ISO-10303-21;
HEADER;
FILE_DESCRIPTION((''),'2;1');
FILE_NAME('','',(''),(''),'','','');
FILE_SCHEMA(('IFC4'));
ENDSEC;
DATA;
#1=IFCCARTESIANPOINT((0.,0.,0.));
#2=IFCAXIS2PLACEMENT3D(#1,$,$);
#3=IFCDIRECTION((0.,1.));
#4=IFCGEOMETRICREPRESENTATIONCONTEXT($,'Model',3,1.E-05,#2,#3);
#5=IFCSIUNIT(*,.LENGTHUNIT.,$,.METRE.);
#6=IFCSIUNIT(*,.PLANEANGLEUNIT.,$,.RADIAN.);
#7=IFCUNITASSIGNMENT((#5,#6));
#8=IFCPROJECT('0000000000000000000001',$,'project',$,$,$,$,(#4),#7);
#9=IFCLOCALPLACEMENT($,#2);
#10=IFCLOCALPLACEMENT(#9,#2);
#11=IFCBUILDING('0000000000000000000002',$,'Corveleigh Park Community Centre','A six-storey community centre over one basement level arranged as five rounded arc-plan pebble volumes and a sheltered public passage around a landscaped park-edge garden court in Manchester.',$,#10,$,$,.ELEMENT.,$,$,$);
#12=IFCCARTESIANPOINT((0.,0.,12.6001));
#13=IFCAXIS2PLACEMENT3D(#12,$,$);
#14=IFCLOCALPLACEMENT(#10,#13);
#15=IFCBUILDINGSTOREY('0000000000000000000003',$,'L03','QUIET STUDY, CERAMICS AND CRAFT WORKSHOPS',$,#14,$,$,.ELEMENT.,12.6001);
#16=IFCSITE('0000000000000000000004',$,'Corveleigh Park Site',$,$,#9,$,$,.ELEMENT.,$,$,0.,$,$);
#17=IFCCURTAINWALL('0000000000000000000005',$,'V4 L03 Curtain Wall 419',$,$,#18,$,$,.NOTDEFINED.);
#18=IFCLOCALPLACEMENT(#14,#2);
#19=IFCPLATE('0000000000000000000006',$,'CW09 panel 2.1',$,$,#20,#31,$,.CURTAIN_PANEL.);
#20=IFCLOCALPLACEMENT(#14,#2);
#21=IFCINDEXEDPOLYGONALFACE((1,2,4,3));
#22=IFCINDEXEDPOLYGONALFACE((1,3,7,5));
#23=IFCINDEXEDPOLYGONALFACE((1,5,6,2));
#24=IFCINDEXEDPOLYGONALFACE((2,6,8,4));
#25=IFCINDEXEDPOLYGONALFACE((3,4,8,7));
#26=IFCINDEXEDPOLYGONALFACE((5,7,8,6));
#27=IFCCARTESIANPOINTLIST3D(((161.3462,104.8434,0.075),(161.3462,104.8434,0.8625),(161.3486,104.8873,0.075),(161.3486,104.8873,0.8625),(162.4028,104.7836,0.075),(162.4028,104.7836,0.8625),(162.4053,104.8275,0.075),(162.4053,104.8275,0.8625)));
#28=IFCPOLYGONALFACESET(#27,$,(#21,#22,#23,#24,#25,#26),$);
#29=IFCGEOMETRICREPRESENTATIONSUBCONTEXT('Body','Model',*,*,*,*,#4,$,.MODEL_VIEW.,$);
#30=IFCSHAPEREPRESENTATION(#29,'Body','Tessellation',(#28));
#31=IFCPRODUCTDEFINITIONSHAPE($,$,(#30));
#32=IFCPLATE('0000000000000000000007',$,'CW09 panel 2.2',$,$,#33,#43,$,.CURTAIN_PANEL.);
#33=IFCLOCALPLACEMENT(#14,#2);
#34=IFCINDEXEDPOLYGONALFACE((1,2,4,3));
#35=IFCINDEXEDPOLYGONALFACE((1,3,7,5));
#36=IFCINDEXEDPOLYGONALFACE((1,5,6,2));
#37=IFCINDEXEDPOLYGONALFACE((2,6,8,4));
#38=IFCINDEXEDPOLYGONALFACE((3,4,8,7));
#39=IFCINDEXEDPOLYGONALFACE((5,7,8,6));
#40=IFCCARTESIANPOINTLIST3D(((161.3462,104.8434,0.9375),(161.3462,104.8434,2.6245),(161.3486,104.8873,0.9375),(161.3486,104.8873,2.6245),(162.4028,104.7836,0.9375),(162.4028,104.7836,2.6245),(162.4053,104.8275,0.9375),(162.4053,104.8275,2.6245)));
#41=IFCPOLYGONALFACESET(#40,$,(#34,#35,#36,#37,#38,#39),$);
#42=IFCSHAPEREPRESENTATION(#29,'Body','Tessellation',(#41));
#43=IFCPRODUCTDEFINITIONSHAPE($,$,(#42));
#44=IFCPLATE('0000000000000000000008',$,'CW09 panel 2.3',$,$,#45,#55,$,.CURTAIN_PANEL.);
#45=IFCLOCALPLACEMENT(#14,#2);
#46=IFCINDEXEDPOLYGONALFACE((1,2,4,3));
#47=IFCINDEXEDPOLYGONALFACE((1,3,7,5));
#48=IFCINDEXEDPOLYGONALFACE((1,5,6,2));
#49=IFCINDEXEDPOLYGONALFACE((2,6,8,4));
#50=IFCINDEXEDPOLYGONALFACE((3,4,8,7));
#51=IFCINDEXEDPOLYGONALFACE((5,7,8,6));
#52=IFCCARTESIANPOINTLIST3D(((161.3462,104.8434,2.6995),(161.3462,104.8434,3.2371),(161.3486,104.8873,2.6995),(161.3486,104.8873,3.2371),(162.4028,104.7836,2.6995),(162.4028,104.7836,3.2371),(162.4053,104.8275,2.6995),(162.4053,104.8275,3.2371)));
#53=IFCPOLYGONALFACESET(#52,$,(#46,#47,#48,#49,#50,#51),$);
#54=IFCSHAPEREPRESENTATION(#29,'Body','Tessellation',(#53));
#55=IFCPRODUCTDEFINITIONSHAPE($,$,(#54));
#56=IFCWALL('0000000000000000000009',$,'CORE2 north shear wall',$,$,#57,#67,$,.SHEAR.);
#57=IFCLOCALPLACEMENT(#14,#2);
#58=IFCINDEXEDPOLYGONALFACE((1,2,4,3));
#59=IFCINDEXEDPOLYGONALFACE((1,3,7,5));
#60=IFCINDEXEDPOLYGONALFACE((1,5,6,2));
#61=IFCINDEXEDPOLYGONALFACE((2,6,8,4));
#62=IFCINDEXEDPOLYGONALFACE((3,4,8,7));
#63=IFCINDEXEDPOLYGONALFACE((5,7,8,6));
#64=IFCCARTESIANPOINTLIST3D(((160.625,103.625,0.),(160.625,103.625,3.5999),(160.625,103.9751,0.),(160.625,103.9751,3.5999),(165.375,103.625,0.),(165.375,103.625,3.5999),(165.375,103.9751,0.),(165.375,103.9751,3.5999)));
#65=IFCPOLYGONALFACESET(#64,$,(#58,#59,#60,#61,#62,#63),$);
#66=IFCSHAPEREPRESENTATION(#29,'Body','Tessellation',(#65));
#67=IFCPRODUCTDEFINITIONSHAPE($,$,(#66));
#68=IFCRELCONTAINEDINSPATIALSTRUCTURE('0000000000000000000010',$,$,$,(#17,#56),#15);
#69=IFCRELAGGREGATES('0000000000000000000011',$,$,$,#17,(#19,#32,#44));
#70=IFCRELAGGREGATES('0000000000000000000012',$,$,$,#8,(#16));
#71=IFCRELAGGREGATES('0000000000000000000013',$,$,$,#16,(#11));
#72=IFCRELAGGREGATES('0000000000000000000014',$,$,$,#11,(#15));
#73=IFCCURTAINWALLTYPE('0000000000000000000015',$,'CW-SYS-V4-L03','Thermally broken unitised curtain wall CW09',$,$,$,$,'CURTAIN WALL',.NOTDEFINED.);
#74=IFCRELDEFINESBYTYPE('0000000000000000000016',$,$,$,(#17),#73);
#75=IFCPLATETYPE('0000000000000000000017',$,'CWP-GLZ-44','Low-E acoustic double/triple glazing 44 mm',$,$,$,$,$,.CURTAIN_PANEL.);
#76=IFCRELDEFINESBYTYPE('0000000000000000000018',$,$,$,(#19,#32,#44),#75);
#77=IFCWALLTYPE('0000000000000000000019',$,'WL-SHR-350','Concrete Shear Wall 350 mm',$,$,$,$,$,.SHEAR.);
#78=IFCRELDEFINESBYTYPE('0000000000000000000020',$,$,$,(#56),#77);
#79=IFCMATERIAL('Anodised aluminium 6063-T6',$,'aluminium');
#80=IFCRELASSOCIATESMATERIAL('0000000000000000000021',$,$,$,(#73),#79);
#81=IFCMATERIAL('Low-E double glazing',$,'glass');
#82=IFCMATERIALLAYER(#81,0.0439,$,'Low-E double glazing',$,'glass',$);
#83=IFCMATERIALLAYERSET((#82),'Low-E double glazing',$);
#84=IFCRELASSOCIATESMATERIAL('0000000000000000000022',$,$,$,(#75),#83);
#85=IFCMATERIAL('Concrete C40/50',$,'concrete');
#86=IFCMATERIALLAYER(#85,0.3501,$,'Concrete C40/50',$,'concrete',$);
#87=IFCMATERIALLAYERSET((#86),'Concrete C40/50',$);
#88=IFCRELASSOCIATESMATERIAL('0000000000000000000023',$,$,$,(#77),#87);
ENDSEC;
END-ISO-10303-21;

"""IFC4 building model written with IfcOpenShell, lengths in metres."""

from ifc_helpers import new_model, si_unit, direction, frame, frame_2d, origin, origin_2d, place, context, subcontext, project, spatial, rectangle, extrude, material, layer, layer_set, type_object, element, aggregate, save


model = new_model("IFC4")

# Units and contexts
model_context = context("Model", 3, precision=1e-05, world=origin(), true_north=direction((0.0, 1.0)))
body_context = subcontext(model_context, "Body", "Model", "MODEL_VIEW")
ifc_project = project(units=[si_unit("LENGTHUNIT", "METRE"), si_unit("PLANEANGLEUNIT", "RADIAN")], contexts=[model_context])

# Site, building, storey
site_placement = place(None, origin())
site = spatial("IfcSite", under=ifc_project, at=site_placement, Name="Corveleigh Park Site", CompositionType="ELEMENT", RefElevation=0.0)
building_placement = place(site_placement, origin())
building = spatial("IfcBuilding", under=site, at=building_placement, Name="Corveleigh Park Community Centre", Description="A six-storey community centre over one basement level arranged as five rounded arc-plan pebble volumes and a sheltered public passage around a landscaped park-edge garden court in Manchester.", CompositionType="ELEMENT")
storey_placement = place(building_placement, frame((0.0, 0.0, 12.6001)))
storey = spatial("IfcBuildingStorey", under=building, at=storey_placement, Name="L03", Description="QUIET STUDY, CERAMICS AND CRAFT WORKSHOPS", CompositionType="ELEMENT", Elevation=12.6001)

# Shared definitions
ifc_material_1 = material(Name="Anodised aluminium 6063-T6", Category="aluminium")
curtain_wall_type = type_object("IfcCurtainWallType", Name="CW-SYS-V4-L03", Description="Thermally broken unitised curtain wall CW09", ElementType="CURTAIN WALL", PredefinedType="NOTDEFINED", material=ifc_material_1)

# Curtain wall
curtain_wall_1_placement = place(storey_placement, origin())
curtain_wall_1 = element("IfcCurtainWall", 1, at=curtain_wall_1_placement, inside=storey, type_object=curtain_wall_type, Name="V4 L03 Curtain Wall 419", PredefinedType="NOTDEFINED")

# Plates
ifc_material_2 = material(Name="Low-E double glazing", Category="glass")
ifc_layer_1 = layer(ifc_material_2, 0.0439, Name="Low-E double glazing", Category="glass")
ifc_layer_set_1 = layer_set([ifc_layer_1], Name="Low-E double glazing")
plate_type_1 = type_object("IfcPlateType", Name="CWP-GLZ-44", Description="Low-E acoustic double/triple glazing 44 mm", PredefinedType="CURTAIN_PANEL", material=ifc_layer_set_1)
plate_1_placement = place(storey_placement, frame((161.8757, 104.8354, 0.075), z_axis=(0.0, 0.0, 1.0), x_axis=(0.998406, -0.056434, 0.0)))
plate_1 = element("IfcPlate", 2, at=plate_1_placement, type_object=plate_type_1, Name="CW09 panel 2.1", PredefinedType="CURTAIN_PANEL", context=body_context, shape_type="SweptSolid", body=[
    extrude(rectangle(XDim=1.0583, YDim=0.0439, at=origin_2d()), origin(), (0.0, 0.0, 1.0), 0.7876),
])
plate_2_placement = place(storey_placement, frame((161.8757, 104.8354, 0.9375), z_axis=(0.0, 0.0, 1.0), x_axis=(0.998406, -0.056434, 0.0)))
plate_2 = element("IfcPlate", 3, at=plate_2_placement, type_object=plate_type_1, Name="CW09 panel 2.2", PredefinedType="CURTAIN_PANEL", context=body_context, shape_type="SweptSolid", body=[
    extrude(rectangle(XDim=1.0583, YDim=0.0439, at=origin_2d()), origin(), (0.0, 0.0, 1.0), 1.687),
])
plate_3_placement = place(storey_placement, frame((161.8757, 104.8354, 2.6995), z_axis=(0.0, 0.0, 1.0), x_axis=(0.998406, -0.056434, 0.0)))
plate_3 = element("IfcPlate", 4, at=plate_3_placement, type_object=plate_type_1, Name="CW09 panel 2.3", PredefinedType="CURTAIN_PANEL", context=body_context, shape_type="SweptSolid", body=[
    extrude(rectangle(XDim=1.0583, YDim=0.0439, at=origin_2d()), origin(), (0.0, 0.0, 1.0), 0.5376),
])
aggregate(curtain_wall_1, [plate_1, plate_2, plate_3])

# Wall
ifc_material_3 = material(Name="Concrete C40/50", Category="concrete")
ifc_layer_2 = layer(ifc_material_3, 0.3501, Name="Concrete C40/50", Category="concrete")
ifc_layer_set_2 = layer_set([ifc_layer_2], Name="Concrete C40/50")
wall_type = type_object("IfcWallType", Name="WL-SHR-350", Description="Concrete Shear Wall 350 mm", PredefinedType="SHEAR", material=ifc_layer_set_2)
wall_placement = place(storey_placement, frame((165.375, 103.8, 0.0), z_axis=(0.0, 0.0, 1.0), x_axis=(-1.0, 0.0, 0.0)))
element("IfcWall", 5, at=wall_placement, inside=storey, type_object=wall_type, Name="CORE2 north shear wall", PredefinedType="SHEAR", context=body_context, shape_type="SweptSolid", body=[
    extrude(rectangle(XDim=4.75, YDim=0.3501, at=frame_2d((2.375, 0.0))), origin(), (0.0, 0.0, 1.0), 3.5999),
])

save(model, "model.ifc")
